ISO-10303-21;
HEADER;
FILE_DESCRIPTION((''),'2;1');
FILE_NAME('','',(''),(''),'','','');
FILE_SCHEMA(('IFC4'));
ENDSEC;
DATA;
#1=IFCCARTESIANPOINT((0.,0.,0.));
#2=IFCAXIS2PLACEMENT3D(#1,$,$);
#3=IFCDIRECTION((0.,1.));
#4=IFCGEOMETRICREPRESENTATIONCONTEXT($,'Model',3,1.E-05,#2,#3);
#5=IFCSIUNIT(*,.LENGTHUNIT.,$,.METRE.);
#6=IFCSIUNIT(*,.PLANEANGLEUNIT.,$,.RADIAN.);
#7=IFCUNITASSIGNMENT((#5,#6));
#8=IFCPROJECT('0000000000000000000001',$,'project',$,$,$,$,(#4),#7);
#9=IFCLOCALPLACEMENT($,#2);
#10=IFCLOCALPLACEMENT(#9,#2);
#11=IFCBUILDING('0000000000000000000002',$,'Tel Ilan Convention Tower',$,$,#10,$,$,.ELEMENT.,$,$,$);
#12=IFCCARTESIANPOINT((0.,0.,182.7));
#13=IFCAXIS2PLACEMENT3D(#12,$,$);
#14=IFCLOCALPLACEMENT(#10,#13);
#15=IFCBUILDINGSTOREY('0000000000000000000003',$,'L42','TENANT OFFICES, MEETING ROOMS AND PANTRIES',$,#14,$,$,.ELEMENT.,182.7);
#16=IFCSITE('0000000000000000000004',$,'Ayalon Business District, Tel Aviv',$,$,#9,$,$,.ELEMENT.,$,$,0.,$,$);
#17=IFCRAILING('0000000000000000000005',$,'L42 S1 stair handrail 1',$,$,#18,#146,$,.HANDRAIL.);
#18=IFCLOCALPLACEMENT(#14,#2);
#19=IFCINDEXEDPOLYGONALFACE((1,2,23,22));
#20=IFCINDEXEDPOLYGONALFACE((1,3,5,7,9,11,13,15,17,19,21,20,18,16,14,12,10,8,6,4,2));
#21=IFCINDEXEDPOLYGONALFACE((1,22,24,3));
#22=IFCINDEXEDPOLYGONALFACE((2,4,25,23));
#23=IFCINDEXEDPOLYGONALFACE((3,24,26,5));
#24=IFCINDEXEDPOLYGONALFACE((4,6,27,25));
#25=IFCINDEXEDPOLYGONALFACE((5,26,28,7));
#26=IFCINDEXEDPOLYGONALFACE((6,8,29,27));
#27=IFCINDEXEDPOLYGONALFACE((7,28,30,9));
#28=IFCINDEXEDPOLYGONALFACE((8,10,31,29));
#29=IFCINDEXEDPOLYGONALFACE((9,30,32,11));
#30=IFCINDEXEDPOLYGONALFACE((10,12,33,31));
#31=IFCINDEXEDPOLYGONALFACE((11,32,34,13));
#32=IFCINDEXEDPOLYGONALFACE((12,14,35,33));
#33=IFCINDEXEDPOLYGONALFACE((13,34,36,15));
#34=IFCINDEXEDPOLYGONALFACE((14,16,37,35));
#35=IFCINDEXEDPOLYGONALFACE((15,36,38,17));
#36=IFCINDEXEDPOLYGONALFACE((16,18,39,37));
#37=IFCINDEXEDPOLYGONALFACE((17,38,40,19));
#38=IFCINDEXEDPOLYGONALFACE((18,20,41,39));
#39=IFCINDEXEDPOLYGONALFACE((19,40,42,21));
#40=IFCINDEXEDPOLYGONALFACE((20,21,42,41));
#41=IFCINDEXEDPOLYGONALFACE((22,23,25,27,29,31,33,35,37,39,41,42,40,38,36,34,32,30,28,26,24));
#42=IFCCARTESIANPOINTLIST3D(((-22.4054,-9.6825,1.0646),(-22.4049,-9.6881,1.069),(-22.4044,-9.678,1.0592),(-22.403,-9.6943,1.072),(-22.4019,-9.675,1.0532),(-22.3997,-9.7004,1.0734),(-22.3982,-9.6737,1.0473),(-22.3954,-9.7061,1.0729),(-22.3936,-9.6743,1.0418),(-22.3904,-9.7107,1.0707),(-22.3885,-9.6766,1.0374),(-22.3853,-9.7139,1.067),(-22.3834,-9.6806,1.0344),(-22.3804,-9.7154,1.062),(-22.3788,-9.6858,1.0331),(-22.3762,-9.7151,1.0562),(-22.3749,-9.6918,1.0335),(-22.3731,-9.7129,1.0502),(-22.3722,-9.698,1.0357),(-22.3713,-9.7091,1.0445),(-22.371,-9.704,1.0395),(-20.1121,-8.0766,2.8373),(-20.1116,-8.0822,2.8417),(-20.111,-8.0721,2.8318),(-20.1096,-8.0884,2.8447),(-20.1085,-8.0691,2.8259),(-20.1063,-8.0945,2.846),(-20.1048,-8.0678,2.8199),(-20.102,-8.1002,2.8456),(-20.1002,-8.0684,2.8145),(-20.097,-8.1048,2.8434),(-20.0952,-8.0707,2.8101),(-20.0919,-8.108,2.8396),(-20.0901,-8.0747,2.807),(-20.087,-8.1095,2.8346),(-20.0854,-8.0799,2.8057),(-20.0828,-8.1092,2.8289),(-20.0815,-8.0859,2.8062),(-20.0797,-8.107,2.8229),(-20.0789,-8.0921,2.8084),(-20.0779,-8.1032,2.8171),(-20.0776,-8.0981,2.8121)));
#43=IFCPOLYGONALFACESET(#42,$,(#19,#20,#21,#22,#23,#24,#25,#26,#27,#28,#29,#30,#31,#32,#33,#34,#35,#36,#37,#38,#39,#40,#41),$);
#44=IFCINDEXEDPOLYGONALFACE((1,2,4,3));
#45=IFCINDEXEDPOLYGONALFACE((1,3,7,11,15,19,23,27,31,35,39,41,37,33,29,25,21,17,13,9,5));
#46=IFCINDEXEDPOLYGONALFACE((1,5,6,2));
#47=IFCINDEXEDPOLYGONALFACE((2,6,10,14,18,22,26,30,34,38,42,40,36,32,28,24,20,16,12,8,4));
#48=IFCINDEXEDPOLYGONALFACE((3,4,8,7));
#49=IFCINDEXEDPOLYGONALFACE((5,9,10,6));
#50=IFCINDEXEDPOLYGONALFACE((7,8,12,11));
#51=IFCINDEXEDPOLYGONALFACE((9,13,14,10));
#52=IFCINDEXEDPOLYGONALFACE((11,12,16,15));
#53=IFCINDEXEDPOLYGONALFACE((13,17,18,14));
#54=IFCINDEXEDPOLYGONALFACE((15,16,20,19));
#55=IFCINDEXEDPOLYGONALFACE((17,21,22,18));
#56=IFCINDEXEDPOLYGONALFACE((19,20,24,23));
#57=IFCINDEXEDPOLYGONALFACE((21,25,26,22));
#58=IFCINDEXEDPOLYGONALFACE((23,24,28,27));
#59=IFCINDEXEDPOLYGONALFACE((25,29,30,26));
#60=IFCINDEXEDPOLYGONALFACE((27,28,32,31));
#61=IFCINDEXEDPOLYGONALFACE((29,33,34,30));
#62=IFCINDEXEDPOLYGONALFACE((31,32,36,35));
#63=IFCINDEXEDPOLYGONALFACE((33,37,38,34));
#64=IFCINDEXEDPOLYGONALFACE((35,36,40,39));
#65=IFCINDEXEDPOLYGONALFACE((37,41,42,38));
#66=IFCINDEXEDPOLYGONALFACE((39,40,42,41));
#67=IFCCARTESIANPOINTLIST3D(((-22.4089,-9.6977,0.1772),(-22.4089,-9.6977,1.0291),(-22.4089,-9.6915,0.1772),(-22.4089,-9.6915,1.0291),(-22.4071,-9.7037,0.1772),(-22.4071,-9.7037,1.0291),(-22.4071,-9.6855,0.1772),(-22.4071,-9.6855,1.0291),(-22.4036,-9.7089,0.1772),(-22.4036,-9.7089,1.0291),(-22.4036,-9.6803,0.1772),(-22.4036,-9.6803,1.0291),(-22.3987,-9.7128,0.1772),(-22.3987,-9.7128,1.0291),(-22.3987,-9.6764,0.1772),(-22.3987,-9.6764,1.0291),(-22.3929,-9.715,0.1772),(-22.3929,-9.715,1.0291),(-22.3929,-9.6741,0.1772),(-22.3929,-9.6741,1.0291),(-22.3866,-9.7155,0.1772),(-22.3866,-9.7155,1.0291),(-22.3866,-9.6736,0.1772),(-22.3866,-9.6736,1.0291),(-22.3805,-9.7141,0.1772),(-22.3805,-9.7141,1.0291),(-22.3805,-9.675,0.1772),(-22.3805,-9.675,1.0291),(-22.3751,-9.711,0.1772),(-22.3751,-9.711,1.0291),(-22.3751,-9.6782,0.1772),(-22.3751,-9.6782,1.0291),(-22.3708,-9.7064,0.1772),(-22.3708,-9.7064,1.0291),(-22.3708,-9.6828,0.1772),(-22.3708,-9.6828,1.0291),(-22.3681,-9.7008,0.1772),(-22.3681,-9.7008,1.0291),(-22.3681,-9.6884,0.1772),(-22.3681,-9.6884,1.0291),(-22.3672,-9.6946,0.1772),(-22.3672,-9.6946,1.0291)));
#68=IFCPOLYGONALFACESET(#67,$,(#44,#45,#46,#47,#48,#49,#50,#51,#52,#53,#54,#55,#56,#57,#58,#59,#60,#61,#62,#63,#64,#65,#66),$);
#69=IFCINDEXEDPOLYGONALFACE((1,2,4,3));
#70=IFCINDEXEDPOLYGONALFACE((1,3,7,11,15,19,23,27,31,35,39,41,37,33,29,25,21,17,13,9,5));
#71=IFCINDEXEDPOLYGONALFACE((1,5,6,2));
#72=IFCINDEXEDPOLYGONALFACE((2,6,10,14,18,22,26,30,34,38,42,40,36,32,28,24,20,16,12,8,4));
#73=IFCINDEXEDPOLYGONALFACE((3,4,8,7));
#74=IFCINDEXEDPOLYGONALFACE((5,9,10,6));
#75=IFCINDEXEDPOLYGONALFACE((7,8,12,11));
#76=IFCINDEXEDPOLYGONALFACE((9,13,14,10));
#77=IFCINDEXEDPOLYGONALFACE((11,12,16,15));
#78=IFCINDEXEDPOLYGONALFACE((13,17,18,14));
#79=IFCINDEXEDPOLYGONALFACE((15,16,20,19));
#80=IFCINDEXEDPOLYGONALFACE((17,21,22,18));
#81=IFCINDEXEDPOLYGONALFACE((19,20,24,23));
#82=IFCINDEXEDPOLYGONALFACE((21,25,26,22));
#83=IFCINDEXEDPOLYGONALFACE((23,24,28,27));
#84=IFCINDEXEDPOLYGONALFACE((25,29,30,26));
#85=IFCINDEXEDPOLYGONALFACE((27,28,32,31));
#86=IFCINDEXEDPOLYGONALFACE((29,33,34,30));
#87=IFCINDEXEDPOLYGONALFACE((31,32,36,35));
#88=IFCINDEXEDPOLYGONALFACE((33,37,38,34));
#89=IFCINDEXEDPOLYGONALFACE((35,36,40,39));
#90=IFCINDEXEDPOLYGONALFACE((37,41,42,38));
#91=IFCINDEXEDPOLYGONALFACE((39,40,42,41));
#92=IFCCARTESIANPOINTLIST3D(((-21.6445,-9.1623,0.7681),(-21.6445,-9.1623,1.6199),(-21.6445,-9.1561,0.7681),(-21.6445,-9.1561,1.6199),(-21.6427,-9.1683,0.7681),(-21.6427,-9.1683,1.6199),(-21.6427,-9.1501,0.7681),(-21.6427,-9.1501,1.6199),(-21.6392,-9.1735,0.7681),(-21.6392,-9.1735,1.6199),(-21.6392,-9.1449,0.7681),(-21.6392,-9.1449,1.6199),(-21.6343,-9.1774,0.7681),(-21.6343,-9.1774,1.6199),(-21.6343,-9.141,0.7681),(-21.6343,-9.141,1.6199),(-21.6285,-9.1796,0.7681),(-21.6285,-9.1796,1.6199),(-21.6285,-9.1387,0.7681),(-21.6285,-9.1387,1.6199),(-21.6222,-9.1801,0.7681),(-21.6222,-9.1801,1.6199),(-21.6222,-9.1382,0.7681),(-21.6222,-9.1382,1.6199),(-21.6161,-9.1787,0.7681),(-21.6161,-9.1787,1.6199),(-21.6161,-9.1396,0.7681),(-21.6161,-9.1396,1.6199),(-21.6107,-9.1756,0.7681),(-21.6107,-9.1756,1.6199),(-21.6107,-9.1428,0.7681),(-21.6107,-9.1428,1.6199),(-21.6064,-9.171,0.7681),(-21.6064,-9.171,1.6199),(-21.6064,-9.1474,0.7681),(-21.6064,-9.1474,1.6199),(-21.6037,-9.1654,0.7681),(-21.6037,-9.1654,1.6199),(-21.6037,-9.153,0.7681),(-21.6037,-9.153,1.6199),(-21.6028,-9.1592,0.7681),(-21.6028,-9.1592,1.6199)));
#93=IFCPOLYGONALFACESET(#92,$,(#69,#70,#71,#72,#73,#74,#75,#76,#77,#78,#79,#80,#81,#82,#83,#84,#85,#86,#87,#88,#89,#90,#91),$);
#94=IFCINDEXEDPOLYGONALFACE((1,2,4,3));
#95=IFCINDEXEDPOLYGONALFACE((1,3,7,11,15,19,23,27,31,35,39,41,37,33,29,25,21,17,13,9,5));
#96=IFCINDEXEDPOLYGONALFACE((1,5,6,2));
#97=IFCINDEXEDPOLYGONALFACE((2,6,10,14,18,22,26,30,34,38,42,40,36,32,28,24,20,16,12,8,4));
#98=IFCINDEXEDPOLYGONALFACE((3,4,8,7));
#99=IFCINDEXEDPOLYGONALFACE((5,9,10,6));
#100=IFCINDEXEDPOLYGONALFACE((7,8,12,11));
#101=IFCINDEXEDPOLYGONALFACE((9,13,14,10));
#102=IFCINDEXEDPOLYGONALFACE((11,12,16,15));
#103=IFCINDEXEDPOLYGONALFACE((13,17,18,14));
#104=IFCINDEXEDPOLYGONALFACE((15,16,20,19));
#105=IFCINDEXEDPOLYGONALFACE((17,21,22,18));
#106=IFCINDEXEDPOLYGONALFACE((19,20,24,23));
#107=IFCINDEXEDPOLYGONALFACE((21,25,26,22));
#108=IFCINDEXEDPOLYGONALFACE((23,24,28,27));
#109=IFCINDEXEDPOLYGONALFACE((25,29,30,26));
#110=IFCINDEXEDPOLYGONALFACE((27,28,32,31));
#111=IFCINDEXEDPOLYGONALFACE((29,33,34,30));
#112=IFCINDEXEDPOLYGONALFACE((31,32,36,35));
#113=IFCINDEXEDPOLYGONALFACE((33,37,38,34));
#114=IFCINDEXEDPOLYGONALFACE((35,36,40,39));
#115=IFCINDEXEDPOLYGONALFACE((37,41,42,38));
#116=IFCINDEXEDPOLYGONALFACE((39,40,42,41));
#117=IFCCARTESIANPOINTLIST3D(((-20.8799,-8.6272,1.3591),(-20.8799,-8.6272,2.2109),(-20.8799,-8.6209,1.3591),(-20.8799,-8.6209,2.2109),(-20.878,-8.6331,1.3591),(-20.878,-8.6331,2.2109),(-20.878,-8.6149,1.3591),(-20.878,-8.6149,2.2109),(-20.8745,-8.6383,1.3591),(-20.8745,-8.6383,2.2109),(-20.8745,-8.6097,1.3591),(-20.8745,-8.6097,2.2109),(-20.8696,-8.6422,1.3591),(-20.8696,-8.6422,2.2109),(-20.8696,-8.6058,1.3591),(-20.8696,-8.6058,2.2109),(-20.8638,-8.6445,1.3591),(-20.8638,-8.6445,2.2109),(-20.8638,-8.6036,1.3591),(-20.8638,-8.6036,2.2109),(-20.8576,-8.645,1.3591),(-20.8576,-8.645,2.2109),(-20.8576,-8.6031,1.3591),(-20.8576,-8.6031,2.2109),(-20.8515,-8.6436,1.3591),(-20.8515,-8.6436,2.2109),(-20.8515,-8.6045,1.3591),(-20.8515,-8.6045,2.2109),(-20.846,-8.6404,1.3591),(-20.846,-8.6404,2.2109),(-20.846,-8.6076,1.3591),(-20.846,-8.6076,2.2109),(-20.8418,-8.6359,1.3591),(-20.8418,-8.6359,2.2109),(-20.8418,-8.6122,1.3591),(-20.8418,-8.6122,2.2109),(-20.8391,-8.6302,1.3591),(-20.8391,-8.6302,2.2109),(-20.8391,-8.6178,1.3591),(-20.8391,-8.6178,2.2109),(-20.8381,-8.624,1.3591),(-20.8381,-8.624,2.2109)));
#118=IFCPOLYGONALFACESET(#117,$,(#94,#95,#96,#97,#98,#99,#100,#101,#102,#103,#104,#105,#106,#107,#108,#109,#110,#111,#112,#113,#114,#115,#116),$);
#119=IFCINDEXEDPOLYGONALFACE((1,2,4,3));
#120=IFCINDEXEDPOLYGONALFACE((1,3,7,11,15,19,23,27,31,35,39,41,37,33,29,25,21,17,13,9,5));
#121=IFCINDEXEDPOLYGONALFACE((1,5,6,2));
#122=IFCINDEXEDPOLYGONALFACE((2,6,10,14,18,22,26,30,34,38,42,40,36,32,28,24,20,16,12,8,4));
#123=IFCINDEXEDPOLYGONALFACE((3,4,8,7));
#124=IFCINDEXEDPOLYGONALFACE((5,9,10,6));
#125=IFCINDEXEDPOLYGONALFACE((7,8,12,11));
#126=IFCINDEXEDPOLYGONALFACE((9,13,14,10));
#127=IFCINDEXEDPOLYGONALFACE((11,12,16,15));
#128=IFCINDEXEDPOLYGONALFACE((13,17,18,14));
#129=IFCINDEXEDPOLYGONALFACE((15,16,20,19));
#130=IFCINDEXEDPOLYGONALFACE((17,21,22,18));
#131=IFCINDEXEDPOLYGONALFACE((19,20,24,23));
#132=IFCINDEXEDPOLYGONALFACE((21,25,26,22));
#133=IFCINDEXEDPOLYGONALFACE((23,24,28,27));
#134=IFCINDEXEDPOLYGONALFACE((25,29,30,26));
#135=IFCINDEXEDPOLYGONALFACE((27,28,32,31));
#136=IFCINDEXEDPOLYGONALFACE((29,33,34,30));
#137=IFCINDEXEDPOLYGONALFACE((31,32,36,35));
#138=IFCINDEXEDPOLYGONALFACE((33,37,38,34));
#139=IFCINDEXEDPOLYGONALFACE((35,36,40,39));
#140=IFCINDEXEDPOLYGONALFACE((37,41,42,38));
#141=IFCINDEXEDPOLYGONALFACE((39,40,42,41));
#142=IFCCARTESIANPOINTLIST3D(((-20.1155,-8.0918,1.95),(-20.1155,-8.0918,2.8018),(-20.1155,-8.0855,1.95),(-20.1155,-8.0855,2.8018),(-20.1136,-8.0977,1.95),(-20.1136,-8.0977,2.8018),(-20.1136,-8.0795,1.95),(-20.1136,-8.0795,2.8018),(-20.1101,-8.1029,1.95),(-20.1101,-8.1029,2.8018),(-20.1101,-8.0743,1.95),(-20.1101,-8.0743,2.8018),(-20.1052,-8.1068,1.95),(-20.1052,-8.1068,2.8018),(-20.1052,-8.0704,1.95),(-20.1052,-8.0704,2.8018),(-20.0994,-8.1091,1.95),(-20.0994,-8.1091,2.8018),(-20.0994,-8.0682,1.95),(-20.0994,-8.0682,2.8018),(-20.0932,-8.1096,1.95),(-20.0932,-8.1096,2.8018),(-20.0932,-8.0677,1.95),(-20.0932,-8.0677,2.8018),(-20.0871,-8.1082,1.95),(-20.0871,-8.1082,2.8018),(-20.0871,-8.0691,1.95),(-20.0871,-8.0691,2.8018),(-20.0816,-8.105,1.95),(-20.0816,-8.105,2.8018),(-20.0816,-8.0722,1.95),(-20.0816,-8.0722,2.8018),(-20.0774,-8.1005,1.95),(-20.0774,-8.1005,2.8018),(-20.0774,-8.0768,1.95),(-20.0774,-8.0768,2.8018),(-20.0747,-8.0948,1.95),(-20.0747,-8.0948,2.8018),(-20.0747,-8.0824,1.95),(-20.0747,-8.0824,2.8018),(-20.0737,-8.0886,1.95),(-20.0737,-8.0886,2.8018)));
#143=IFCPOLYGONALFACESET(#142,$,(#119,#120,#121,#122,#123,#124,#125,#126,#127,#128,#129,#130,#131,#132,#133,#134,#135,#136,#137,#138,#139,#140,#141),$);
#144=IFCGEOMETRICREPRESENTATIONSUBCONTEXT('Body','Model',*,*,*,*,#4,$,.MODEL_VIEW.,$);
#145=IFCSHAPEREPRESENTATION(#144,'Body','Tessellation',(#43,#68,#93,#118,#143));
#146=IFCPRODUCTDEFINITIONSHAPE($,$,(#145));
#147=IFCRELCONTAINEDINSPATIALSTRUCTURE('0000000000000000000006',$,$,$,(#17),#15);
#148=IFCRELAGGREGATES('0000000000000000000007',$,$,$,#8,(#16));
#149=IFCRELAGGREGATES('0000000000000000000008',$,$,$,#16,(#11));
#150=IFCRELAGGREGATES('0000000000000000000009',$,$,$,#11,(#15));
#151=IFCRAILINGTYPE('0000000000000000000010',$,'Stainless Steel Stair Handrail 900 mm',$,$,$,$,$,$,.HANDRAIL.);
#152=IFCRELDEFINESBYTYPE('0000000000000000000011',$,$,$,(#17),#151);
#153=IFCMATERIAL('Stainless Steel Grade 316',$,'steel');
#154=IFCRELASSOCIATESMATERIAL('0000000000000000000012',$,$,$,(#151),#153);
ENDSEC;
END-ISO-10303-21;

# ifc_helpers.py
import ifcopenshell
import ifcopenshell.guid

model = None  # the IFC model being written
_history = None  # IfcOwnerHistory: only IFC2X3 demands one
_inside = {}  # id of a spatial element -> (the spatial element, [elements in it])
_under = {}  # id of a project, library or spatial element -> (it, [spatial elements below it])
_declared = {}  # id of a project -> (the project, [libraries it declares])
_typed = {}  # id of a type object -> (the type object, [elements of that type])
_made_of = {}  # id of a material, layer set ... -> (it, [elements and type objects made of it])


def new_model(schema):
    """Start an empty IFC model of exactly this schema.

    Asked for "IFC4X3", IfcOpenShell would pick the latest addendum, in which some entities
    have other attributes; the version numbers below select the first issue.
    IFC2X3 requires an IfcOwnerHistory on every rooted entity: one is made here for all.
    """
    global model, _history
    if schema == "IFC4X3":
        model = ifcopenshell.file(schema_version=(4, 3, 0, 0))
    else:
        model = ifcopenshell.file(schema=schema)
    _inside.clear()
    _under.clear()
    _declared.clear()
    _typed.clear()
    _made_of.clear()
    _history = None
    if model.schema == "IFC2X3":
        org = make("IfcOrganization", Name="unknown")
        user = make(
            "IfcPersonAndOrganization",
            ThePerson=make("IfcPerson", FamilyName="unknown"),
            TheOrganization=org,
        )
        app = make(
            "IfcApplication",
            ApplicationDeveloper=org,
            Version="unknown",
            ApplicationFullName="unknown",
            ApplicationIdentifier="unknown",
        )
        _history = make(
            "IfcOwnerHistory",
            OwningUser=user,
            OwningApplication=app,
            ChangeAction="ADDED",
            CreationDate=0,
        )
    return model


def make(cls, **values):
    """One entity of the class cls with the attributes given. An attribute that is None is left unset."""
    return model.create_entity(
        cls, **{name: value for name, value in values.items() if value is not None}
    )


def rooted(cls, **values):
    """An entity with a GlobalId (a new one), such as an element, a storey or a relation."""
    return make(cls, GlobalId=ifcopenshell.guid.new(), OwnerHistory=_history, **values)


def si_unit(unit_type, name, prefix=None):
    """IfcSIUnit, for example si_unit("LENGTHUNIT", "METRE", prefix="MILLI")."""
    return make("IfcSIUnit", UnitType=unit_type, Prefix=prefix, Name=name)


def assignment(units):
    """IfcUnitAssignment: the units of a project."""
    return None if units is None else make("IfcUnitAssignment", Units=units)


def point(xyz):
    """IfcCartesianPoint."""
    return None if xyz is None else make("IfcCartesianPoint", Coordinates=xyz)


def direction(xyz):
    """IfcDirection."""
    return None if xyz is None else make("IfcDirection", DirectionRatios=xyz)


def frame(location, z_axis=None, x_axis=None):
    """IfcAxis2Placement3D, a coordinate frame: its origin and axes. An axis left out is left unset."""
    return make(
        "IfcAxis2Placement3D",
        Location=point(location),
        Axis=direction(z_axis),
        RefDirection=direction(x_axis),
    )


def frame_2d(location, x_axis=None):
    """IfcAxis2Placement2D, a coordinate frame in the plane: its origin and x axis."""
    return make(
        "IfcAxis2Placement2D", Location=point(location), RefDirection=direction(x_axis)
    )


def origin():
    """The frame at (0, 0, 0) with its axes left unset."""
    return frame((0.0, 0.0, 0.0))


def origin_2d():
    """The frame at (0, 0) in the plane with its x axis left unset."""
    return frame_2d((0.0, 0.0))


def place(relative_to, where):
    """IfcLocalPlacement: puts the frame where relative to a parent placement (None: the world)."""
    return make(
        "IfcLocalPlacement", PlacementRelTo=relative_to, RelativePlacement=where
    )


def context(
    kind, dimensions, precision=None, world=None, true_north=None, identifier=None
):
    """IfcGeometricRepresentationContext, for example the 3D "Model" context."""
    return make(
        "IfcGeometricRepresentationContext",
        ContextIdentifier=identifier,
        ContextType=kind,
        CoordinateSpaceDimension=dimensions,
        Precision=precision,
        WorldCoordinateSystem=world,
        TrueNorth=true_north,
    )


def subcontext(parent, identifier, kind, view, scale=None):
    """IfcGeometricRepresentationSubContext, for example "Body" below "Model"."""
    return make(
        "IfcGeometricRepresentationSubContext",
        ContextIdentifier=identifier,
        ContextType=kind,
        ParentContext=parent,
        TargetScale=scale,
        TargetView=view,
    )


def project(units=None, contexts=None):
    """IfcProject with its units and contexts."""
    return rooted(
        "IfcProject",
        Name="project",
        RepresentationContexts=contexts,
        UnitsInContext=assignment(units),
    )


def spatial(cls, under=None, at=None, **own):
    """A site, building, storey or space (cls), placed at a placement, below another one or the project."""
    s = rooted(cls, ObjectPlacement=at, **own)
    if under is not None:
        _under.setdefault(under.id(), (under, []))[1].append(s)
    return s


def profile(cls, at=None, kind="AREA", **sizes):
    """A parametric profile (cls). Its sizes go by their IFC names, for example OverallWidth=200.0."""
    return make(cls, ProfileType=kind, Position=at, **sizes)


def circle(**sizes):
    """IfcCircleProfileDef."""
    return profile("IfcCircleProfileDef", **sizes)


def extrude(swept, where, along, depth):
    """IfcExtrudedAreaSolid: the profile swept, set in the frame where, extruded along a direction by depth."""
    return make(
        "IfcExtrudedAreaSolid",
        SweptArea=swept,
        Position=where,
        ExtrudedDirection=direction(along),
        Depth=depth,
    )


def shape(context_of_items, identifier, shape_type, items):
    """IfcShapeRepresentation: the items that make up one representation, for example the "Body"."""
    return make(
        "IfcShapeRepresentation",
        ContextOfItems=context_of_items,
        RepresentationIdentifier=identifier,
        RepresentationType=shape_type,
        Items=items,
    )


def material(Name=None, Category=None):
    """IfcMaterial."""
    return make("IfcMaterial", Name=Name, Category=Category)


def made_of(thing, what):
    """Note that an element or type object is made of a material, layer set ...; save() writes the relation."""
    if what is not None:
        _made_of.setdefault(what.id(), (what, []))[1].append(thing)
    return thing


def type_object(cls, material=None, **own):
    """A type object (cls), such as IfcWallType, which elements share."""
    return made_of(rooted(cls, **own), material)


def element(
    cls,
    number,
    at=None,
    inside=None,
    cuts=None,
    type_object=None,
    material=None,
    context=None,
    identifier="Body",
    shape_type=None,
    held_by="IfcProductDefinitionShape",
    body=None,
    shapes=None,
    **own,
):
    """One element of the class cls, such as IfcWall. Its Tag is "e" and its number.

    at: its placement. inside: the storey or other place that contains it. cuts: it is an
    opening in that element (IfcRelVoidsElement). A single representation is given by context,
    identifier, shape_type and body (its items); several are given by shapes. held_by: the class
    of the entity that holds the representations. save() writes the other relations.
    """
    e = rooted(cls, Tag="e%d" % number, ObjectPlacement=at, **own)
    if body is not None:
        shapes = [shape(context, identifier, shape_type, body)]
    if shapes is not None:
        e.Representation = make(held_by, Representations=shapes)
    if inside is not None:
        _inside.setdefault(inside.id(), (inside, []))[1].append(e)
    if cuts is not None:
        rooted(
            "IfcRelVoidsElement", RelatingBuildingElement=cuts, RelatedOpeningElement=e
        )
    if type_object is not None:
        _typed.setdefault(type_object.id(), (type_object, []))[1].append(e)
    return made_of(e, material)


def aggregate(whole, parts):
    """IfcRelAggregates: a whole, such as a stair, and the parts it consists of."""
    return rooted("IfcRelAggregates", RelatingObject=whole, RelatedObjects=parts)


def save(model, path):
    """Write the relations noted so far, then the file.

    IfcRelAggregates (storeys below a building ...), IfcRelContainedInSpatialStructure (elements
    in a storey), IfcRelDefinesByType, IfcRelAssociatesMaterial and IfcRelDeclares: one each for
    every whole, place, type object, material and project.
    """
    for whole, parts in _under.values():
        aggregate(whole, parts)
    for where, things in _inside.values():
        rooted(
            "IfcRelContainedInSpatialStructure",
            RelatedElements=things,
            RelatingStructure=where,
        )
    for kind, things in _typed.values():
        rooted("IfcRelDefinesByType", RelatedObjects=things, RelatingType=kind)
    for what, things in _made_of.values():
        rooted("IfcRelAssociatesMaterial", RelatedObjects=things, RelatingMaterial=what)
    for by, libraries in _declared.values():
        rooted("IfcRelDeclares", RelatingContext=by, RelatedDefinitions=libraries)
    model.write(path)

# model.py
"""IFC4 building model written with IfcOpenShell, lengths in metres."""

from ifc_helpers import new_model, si_unit, direction, frame, origin, origin_2d, place, context, subcontext, project, spatial, circle, extrude, material, type_object, element, save


model = new_model("IFC4")

# Units and contexts
model_context = context("Model", 3, precision=1e-05, world=origin(), true_north=direction((0.0, 1.0)))
body_context = subcontext(model_context, "Body", "Model", "MODEL_VIEW")
ifc_project = project(units=[si_unit("LENGTHUNIT", "METRE"), si_unit("PLANEANGLEUNIT", "RADIAN")], contexts=[model_context])

# Site, building, storey
site_placement = place(None, origin())
site = spatial("IfcSite", under=ifc_project, at=site_placement, Name="Ayalon Business District, Tel Aviv", CompositionType="ELEMENT", RefElevation=0.0)
building_placement = place(site_placement, origin())
building = spatial("IfcBuilding", under=site, at=building_placement, Name="Tel Ilan Convention Tower", CompositionType="ELEMENT")
storey_placement = place(building_placement, frame((0.0, 0.0, 182.7)))
storey = spatial("IfcBuildingStorey", under=building, at=storey_placement, Name="L42", Description="TENANT OFFICES, MEETING ROOMS AND PANTRIES", CompositionType="ELEMENT", Elevation=182.7)

# Railing
ifc_material_1 = material(Name="Stainless Steel Grade 316", Category="steel")
railing_type_1 = type_object("IfcRailingType", Name="Stainless Steel Stair Handrail 900 mm", PredefinedType="HANDRAIL", material=ifc_material_1)
railing_1_placement = place(storey_placement, frame((-22.3882, -9.6946, 0.1772)))
element("IfcRailing", 1, at=railing_1_placement, inside=storey, type_object=railing_type_1, Name="L42 S1 stair handrail 1", PredefinedType="HANDRAIL", context=body_context, shape_type="SweptSolid", body=[
    extrude(circle(Radius=0.0239, at=origin_2d()), frame((0.0, 0.0, 0.876), z_axis=(0.692085, 0.484621, 0.53494), x_axis=(-0.573591, 0.819142, 0.0)), (0.0, 0.0, 1.0), 3.3137),
    extrude(circle(Radius=0.021, at=origin_2d()), origin(), (0.0, 0.0, 1.0), 0.8518),
    extrude(circle(Radius=0.021, at=origin_2d()), frame((0.7644, 0.5354, 0.5908)), (0.0, 0.0, 1.0), 0.8518),
    extrude(circle(Radius=0.021, at=origin_2d()), frame((1.5291, 1.0706, 1.1819)), (0.0, 0.0, 1.0), 0.8518),
    extrude(circle(Radius=0.021, at=origin_2d()), frame((2.2935, 1.606, 1.7727)), (0.0, 0.0, 1.0), 0.8518),
])

save(model, "model.ifc")
